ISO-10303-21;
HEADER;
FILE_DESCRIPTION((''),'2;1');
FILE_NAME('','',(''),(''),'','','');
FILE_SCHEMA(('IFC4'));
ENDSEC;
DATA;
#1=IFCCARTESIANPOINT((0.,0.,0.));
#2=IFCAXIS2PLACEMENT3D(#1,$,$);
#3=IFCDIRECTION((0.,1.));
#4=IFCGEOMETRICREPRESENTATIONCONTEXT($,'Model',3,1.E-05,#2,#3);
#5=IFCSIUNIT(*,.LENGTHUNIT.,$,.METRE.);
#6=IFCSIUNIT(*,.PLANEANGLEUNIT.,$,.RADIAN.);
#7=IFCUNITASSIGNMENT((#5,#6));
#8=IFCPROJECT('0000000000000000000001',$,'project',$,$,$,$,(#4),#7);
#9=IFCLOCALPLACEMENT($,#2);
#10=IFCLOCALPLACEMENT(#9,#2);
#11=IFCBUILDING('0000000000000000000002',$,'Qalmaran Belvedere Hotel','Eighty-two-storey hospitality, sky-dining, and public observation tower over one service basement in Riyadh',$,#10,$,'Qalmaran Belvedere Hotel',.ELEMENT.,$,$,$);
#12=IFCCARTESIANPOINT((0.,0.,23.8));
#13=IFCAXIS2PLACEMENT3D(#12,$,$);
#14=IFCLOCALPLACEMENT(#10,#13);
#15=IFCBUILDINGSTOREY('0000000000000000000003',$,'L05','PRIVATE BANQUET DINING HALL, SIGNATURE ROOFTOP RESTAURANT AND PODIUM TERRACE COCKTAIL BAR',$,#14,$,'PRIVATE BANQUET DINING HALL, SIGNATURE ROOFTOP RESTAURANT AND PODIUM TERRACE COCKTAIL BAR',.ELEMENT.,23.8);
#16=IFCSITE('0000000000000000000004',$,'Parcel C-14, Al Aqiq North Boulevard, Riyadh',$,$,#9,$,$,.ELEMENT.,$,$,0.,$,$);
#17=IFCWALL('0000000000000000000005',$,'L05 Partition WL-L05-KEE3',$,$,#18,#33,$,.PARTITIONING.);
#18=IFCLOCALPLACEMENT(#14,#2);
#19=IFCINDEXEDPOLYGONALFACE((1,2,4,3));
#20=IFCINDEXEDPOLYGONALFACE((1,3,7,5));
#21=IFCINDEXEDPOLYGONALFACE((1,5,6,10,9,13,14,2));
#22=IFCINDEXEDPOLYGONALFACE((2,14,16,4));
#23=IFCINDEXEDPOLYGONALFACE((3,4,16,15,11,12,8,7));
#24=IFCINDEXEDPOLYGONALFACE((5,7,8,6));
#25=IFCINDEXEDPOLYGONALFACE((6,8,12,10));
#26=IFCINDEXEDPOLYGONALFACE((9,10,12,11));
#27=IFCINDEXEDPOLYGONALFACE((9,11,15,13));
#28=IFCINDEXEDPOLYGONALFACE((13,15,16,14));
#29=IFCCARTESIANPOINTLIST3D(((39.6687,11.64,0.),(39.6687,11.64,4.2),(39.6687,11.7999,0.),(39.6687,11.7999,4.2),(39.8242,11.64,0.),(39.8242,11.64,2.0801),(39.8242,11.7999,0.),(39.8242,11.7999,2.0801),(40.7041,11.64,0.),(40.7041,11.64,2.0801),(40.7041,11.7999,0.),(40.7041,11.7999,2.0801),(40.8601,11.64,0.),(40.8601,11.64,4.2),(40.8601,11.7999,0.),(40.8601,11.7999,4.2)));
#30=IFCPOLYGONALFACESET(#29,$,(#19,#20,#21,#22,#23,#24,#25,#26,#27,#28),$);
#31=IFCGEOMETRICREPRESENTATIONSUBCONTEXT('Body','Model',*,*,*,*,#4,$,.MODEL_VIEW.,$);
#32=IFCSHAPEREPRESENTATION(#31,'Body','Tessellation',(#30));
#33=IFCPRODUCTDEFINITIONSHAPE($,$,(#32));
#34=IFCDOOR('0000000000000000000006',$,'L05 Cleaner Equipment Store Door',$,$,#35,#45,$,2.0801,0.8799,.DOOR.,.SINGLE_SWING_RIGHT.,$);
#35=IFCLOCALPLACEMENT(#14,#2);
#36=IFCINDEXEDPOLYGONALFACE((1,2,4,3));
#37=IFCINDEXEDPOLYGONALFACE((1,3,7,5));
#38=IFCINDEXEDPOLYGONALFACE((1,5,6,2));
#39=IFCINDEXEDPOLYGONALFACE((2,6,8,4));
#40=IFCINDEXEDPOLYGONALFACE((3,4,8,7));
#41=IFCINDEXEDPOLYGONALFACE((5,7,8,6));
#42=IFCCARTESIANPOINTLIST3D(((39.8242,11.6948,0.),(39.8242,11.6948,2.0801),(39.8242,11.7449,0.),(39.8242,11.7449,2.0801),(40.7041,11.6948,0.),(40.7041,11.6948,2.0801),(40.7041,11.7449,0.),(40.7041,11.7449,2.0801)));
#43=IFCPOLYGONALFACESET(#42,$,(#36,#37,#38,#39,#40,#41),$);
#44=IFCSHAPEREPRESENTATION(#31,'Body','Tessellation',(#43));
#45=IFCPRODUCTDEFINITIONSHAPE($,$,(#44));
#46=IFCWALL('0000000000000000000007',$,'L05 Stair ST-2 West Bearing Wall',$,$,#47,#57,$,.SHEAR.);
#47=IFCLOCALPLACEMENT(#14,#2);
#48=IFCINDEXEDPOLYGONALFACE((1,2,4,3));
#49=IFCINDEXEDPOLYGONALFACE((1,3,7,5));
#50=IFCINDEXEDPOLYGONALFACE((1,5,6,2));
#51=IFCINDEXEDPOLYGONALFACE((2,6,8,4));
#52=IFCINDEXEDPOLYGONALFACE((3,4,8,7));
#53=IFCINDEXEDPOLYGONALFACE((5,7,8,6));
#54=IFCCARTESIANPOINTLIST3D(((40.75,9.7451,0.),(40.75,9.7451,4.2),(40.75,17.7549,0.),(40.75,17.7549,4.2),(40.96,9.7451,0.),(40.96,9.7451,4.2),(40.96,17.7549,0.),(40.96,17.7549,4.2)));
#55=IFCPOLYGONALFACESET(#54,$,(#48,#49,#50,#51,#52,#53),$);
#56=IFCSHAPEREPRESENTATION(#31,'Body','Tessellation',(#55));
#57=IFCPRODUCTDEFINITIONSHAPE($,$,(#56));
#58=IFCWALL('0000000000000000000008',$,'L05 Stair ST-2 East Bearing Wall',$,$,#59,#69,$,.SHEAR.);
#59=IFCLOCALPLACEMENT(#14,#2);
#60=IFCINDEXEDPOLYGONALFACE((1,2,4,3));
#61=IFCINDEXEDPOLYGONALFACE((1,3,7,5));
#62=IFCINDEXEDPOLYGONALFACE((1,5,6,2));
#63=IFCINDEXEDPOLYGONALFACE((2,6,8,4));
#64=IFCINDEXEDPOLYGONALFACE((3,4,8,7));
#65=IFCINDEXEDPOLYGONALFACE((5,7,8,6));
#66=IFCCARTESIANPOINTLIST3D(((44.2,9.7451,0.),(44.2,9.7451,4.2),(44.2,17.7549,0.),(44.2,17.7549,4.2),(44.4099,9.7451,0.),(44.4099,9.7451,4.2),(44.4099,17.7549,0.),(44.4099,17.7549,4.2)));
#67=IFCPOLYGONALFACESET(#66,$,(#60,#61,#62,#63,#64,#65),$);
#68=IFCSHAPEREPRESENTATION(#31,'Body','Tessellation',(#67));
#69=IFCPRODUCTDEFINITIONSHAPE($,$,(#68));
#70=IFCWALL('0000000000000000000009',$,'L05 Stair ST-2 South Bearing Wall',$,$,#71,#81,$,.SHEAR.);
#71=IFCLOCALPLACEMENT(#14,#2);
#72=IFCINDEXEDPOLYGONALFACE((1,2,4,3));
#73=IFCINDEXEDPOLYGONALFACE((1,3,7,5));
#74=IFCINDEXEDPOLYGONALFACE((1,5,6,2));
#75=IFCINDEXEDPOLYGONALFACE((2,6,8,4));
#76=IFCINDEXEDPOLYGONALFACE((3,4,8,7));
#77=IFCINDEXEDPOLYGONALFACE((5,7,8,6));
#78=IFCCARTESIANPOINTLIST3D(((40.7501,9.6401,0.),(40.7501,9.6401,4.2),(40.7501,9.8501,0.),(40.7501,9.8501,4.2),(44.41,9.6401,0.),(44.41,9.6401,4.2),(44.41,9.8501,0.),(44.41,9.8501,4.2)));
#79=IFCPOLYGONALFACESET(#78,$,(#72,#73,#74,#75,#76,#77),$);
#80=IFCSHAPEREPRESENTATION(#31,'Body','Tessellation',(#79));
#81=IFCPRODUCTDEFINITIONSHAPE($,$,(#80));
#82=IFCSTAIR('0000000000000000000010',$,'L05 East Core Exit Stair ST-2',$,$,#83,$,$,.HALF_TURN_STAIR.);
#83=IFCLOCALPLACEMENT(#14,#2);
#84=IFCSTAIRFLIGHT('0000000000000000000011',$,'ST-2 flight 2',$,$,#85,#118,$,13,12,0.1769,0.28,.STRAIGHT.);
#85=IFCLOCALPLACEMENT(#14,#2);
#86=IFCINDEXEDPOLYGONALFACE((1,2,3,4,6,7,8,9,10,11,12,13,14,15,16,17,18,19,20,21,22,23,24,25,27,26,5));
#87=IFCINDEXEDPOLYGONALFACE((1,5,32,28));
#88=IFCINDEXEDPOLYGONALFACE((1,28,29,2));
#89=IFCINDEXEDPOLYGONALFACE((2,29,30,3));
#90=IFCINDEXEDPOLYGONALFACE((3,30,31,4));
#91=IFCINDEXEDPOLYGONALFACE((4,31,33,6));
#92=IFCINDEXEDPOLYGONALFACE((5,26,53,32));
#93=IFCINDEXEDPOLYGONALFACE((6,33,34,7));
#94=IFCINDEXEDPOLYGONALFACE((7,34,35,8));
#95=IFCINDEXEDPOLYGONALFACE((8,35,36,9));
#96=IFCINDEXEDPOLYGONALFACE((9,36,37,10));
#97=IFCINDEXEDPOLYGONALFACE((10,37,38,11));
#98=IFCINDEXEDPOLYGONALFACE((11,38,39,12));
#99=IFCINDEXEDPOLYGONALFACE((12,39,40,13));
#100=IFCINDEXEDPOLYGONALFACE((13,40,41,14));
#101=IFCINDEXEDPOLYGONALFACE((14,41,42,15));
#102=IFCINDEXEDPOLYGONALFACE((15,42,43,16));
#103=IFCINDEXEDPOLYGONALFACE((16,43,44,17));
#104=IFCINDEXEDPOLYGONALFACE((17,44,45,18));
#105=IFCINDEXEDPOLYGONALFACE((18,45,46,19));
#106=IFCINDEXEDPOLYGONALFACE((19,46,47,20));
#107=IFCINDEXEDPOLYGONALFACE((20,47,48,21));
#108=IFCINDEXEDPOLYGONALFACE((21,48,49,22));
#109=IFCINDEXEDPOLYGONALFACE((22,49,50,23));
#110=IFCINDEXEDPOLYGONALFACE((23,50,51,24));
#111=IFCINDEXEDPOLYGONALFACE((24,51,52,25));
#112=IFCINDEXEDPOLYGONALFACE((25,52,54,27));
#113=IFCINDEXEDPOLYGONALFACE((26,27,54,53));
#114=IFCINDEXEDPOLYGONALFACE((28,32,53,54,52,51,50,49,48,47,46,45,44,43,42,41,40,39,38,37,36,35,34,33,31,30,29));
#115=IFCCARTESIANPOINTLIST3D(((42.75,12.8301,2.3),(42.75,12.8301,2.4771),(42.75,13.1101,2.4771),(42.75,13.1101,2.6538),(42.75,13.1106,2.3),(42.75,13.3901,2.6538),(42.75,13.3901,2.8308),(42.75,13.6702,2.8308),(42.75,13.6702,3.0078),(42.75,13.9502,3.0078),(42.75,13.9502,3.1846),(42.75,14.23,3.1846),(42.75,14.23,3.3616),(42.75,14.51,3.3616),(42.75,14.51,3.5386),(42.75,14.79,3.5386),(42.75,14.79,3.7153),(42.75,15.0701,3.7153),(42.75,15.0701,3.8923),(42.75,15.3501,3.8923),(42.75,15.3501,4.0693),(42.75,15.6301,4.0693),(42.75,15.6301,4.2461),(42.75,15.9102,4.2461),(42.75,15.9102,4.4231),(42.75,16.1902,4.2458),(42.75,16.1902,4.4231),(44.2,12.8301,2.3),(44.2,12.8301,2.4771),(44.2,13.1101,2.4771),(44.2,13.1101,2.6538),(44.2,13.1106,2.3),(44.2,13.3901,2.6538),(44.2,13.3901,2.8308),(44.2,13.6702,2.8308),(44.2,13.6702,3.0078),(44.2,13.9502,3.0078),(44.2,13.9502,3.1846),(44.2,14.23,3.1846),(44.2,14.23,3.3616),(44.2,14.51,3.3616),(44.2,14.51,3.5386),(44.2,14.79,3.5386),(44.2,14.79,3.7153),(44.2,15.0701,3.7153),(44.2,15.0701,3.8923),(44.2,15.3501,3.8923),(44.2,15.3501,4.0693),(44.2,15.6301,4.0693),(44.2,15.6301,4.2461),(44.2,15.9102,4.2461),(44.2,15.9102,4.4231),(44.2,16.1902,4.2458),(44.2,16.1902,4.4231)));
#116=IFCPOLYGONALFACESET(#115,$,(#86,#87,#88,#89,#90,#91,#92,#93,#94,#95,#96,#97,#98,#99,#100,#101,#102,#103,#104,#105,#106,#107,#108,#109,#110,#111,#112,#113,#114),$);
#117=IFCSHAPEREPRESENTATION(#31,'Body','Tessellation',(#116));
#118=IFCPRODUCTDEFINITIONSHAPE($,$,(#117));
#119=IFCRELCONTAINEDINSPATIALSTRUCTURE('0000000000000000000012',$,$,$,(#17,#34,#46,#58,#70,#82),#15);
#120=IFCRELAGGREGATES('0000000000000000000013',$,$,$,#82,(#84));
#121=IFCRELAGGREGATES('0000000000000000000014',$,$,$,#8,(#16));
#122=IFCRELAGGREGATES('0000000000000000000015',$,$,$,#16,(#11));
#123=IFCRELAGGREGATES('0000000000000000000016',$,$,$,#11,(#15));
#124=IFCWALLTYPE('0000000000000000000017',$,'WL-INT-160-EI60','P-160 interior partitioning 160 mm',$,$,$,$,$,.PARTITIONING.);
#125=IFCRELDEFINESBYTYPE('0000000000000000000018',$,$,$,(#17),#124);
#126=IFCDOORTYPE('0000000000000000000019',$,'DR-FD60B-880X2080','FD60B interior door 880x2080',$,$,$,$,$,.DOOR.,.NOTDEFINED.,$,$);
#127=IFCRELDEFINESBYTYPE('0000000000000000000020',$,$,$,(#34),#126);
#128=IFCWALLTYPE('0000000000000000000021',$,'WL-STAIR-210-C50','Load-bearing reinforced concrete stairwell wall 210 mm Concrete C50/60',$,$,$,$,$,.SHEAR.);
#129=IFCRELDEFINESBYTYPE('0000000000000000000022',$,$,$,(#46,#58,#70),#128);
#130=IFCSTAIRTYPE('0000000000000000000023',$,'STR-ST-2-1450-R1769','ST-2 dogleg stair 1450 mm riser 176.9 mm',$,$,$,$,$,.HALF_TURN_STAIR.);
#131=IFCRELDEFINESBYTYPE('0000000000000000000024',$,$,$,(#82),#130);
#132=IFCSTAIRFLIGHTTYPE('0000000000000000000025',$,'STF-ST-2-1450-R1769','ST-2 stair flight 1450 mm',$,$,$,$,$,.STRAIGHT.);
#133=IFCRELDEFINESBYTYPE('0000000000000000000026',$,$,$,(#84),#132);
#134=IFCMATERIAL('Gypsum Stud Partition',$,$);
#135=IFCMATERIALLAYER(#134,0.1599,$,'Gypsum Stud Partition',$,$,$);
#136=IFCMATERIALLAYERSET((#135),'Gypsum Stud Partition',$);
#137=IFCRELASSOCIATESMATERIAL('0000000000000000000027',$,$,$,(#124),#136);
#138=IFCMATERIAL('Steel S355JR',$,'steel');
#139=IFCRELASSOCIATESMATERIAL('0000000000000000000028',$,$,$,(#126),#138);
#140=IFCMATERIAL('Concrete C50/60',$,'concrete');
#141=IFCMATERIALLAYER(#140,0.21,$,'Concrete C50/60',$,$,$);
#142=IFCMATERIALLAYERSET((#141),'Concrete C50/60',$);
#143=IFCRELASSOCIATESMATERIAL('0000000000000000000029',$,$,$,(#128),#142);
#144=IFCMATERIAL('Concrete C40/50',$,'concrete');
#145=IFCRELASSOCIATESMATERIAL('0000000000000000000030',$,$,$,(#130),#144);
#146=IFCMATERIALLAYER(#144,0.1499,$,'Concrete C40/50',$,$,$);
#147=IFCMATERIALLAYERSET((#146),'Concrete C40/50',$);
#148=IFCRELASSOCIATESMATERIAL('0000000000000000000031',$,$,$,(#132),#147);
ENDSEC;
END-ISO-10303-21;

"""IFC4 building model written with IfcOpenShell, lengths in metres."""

from ifc_helpers import new_model, si_unit, direction, frame, frame_2d, origin, place, context, subcontext, project, spatial, polyline, rectangle, outline, extrude, material, layer, layer_set, type_object, element, fill, aggregate, save


model = new_model("IFC4")

# Units and contexts
model_context = context("Model", 3, precision=1e-05, world=origin(), true_north=direction((0.0, 1.0)))
body_context = subcontext(model_context, "Body", "Model", "MODEL_VIEW")
ifc_project = project(units=[si_unit("LENGTHUNIT", "METRE"), si_unit("PLANEANGLEUNIT", "RADIAN")], contexts=[model_context])

# Site, building, storey
site_placement = place(None, origin())
site = spatial("IfcSite", under=ifc_project, at=site_placement, Name="Parcel C-14, Al Aqiq North Boulevard, Riyadh", CompositionType="ELEMENT", RefElevation=0.0)
building_placement = place(site_placement, origin())
building = spatial("IfcBuilding", under=site, at=building_placement, Name="Qalmaran Belvedere Hotel", Description="Eighty-two-storey hospitality, sky-dining, and public observation tower over one service basement in Riyadh", LongName="Qalmaran Belvedere Hotel", CompositionType="ELEMENT")
storey_placement = place(building_placement, frame((0.0, 0.0, 23.8)))
storey = spatial("IfcBuildingStorey", under=building, at=storey_placement, Name="L05", Description="PRIVATE BANQUET DINING HALL, SIGNATURE ROOFTOP RESTAURANT AND PODIUM TERRACE COCKTAIL BAR", LongName="PRIVATE BANQUET DINING HALL, SIGNATURE ROOFTOP RESTAURANT AND PODIUM TERRACE COCKTAIL BAR", CompositionType="ELEMENT", Elevation=23.8)

# Shared definitions
ifc_material_1 = material(Name="Gypsum Stud Partition")

# Wall, opening, door
ifc_layer_1 = layer(ifc_material_1, 0.1599, Name="Gypsum Stud Partition")
ifc_layer_set_1 = layer_set([ifc_layer_1], Name="Gypsum Stud Partition")
wall_type_1 = type_object("IfcWallType", Name="WL-INT-160-EI60", Description="P-160 interior partitioning 160 mm", PredefinedType="PARTITIONING", material=ifc_layer_set_1)
ifc_material_2 = material(Name="Steel S355JR", Category="steel")
door_type_1 = type_object("IfcDoorType", Name="DR-FD60B-880X2080", Description="FD60B interior door 880x2080", OperationType="NOTDEFINED", PredefinedType="DOOR", material=ifc_material_2)
wall_1_placement = place(storey_placement, frame((39.6687, 11.72, 0.0), z_axis=(0.0, 0.0, 1.0), x_axis=(1.0, 0.0, 0.0)))
wall_1 = element("IfcWall", 1, at=wall_1_placement, inside=storey, type_object=wall_type_1, Name="L05 Partition WL-L05-KEE3", PredefinedType="PARTITIONING", context=body_context, shape_type="SweptSolid", body=[
    extrude(rectangle(XDim=1.1914, YDim=0.1599, at=frame_2d((0.5957, 0.0))), origin(), (0.0, 0.0, 1.0), 4.2),
])
opening_1_placement = place(wall_1_placement, frame((0.1555, 0.0, 0.0)))
opening_1 = element("IfcOpeningElement", 2, at=opening_1_placement, cuts=wall_1, PredefinedType="OPENING", context=body_context, shape_type="SweptSolid", body=[
    extrude(rectangle(XDim=0.8799, YDim=2.0801, at=frame_2d((0.4399, 1.04))), frame((0.0, 0.0898, 0.0), z_axis=(0.0, -1.0, 0.0), x_axis=(1.0, 0.0, 0.0)), (0.0, 0.0, 1.0), 0.1799),
])
door_1_placement = place(opening_1_placement, origin())
door_1 = element("IfcDoor", 3, at=door_1_placement, inside=storey, type_object=door_type_1, Name="L05 Cleaner Equipment Store Door", OperationType="SINGLE_SWING_RIGHT", OverallHeight=2.0801, OverallWidth=0.8799, PredefinedType="DOOR", context=body_context, shape_type="SweptSolid", body=[
    extrude(rectangle(XDim=0.8799, YDim=2.0801, at=frame_2d((0.4399, 1.04))), frame((0.0, 0.0249, 0.0), z_axis=(0.0, -1.0, 0.0), x_axis=(1.0, 0.0, 0.0)), (0.0, 0.0, 1.0), 0.05),
])
fill(opening_1, door_1)

# Walls
ifc_material_3 = material(Name="Concrete C50/60", Category="concrete")
ifc_layer_2 = layer(ifc_material_3, 0.21, Name="Concrete C50/60")
ifc_layer_set_2 = layer_set([ifc_layer_2], Name="Concrete C50/60")
wall_type_2 = type_object("IfcWallType", Name="WL-STAIR-210-C50", Description="Load-bearing reinforced concrete stairwell wall 210 mm Concrete C50/60", PredefinedType="SHEAR", material=ifc_layer_set_2)
for number, where, z_axis, x_axis, name in (
    (4, (40.855, 9.7451, 0.0), (0.0, 0.0, 1.0), (0.0, 1.0, 0.0), "L05 Stair ST-2 West Bearing Wall"),
    (5, (44.3049, 9.7451, 0.0), (0.0, 0.0, 1.0), (0.0, 1.0, 0.0), "L05 Stair ST-2 East Bearing Wall"),
):
    element("IfcWall", number, at=place(storey_placement, frame(where, z_axis=z_axis, x_axis=x_axis)), inside=storey, type_object=wall_type_2, Name=name, PredefinedType="SHEAR", context=body_context, shape_type="SweptSolid", body=[
        extrude(rectangle(XDim=8.0098, YDim=0.21, at=frame_2d((4.0049, 0.0))), origin(), (0.0, 0.0, 1.0), 4.2),
    ])
wall_2_placement = place(storey_placement, frame((40.75, 9.7451, 0.0), z_axis=(0.0, 0.0, 1.0), x_axis=(1.0, 0.0, 0.0)))
element("IfcWall", 6, at=wall_2_placement, inside=storey, type_object=wall_type_2, Name="L05 Stair ST-2 South Bearing Wall", PredefinedType="SHEAR", context=body_context, shape_type="SweptSolid", body=[
    extrude(rectangle(XDim=3.6599, YDim=0.21, at=frame_2d((1.8301, 0.0))), origin(), (0.0, 0.0, 1.0), 4.2),
])

# Stair, stair flight
ifc_material_4 = material(Name="Concrete C40/50", Category="concrete")
stair_type = type_object("IfcStairType", Name="STR-ST-2-1450-R1769", Description="ST-2 dogleg stair 1450 mm riser 176.9 mm", PredefinedType="HALF_TURN_STAIR", material=ifc_material_4)
stair_placement = place(storey_placement, origin())
stair = element("IfcStair", 7, at=stair_placement, inside=storey, type_object=stair_type, Name="L05 East Core Exit Stair ST-2", PredefinedType="HALF_TURN_STAIR")
ifc_layer_3 = layer(ifc_material_4, 0.1499, Name="Concrete C40/50")
ifc_layer_set_3 = layer_set([ifc_layer_3], Name="Concrete C40/50")
stair_flight_type = type_object("IfcStairFlightType", Name="STF-ST-2-1450-R1769", Description="ST-2 stair flight 1450 mm", PredefinedType="STRAIGHT", material=ifc_layer_set_3)
stair_flight_placement = place(storey_placement, frame((43.4751, 12.8301, 2.3), z_axis=(0.0, 0.0, 1.0), x_axis=(0.0, 1.0, 0.0)))
stair_flight = element("IfcStairFlight", 8, at=stair_flight_placement, type_object=stair_flight_type, Name="ST-2 flight 2", NumberOfRisers=13, NumberOfTreads=12, PredefinedType="STRAIGHT", RiserHeight=0.1769, TreadLength=0.28, context=body_context, shape_type="SweptSolid", body=[
    extrude(outline(polyline([(0.0, 0.0), (0.0, 0.177), (0.28, 0.177), (0.28, 0.3538), (0.5601, 0.3538), (0.5601, 0.5308), (0.8401, 0.5308), (0.8401, 0.7078), (1.1201, 0.7078), (1.1201, 0.8845), (1.3999, 0.8845), (1.3999, 1.0615), (1.6799, 1.0615), (1.6799, 1.2385), (1.96, 1.2385), (1.96, 1.4153), (2.24, 1.4153), (2.24, 1.5923), (2.52, 1.5923), (2.52, 1.7693), (2.8, 1.7693), (2.8, 1.946), (3.0801, 1.946), (3.0801, 2.123), (3.3601, 2.123), (3.3601, 2.3), (3.3601, 1.9458), (0.2805, 0.0), (0.0, 0.0)])), frame((0.0, 0.7251, 0.0), z_axis=(0.0, -1.0, 0.0), x_axis=(1.0, 0.0, 0.0)), (0.0, 0.0, 1.0), 1.45),
])
aggregate(stair, [stair_flight])

save(model, "model.ifc")
